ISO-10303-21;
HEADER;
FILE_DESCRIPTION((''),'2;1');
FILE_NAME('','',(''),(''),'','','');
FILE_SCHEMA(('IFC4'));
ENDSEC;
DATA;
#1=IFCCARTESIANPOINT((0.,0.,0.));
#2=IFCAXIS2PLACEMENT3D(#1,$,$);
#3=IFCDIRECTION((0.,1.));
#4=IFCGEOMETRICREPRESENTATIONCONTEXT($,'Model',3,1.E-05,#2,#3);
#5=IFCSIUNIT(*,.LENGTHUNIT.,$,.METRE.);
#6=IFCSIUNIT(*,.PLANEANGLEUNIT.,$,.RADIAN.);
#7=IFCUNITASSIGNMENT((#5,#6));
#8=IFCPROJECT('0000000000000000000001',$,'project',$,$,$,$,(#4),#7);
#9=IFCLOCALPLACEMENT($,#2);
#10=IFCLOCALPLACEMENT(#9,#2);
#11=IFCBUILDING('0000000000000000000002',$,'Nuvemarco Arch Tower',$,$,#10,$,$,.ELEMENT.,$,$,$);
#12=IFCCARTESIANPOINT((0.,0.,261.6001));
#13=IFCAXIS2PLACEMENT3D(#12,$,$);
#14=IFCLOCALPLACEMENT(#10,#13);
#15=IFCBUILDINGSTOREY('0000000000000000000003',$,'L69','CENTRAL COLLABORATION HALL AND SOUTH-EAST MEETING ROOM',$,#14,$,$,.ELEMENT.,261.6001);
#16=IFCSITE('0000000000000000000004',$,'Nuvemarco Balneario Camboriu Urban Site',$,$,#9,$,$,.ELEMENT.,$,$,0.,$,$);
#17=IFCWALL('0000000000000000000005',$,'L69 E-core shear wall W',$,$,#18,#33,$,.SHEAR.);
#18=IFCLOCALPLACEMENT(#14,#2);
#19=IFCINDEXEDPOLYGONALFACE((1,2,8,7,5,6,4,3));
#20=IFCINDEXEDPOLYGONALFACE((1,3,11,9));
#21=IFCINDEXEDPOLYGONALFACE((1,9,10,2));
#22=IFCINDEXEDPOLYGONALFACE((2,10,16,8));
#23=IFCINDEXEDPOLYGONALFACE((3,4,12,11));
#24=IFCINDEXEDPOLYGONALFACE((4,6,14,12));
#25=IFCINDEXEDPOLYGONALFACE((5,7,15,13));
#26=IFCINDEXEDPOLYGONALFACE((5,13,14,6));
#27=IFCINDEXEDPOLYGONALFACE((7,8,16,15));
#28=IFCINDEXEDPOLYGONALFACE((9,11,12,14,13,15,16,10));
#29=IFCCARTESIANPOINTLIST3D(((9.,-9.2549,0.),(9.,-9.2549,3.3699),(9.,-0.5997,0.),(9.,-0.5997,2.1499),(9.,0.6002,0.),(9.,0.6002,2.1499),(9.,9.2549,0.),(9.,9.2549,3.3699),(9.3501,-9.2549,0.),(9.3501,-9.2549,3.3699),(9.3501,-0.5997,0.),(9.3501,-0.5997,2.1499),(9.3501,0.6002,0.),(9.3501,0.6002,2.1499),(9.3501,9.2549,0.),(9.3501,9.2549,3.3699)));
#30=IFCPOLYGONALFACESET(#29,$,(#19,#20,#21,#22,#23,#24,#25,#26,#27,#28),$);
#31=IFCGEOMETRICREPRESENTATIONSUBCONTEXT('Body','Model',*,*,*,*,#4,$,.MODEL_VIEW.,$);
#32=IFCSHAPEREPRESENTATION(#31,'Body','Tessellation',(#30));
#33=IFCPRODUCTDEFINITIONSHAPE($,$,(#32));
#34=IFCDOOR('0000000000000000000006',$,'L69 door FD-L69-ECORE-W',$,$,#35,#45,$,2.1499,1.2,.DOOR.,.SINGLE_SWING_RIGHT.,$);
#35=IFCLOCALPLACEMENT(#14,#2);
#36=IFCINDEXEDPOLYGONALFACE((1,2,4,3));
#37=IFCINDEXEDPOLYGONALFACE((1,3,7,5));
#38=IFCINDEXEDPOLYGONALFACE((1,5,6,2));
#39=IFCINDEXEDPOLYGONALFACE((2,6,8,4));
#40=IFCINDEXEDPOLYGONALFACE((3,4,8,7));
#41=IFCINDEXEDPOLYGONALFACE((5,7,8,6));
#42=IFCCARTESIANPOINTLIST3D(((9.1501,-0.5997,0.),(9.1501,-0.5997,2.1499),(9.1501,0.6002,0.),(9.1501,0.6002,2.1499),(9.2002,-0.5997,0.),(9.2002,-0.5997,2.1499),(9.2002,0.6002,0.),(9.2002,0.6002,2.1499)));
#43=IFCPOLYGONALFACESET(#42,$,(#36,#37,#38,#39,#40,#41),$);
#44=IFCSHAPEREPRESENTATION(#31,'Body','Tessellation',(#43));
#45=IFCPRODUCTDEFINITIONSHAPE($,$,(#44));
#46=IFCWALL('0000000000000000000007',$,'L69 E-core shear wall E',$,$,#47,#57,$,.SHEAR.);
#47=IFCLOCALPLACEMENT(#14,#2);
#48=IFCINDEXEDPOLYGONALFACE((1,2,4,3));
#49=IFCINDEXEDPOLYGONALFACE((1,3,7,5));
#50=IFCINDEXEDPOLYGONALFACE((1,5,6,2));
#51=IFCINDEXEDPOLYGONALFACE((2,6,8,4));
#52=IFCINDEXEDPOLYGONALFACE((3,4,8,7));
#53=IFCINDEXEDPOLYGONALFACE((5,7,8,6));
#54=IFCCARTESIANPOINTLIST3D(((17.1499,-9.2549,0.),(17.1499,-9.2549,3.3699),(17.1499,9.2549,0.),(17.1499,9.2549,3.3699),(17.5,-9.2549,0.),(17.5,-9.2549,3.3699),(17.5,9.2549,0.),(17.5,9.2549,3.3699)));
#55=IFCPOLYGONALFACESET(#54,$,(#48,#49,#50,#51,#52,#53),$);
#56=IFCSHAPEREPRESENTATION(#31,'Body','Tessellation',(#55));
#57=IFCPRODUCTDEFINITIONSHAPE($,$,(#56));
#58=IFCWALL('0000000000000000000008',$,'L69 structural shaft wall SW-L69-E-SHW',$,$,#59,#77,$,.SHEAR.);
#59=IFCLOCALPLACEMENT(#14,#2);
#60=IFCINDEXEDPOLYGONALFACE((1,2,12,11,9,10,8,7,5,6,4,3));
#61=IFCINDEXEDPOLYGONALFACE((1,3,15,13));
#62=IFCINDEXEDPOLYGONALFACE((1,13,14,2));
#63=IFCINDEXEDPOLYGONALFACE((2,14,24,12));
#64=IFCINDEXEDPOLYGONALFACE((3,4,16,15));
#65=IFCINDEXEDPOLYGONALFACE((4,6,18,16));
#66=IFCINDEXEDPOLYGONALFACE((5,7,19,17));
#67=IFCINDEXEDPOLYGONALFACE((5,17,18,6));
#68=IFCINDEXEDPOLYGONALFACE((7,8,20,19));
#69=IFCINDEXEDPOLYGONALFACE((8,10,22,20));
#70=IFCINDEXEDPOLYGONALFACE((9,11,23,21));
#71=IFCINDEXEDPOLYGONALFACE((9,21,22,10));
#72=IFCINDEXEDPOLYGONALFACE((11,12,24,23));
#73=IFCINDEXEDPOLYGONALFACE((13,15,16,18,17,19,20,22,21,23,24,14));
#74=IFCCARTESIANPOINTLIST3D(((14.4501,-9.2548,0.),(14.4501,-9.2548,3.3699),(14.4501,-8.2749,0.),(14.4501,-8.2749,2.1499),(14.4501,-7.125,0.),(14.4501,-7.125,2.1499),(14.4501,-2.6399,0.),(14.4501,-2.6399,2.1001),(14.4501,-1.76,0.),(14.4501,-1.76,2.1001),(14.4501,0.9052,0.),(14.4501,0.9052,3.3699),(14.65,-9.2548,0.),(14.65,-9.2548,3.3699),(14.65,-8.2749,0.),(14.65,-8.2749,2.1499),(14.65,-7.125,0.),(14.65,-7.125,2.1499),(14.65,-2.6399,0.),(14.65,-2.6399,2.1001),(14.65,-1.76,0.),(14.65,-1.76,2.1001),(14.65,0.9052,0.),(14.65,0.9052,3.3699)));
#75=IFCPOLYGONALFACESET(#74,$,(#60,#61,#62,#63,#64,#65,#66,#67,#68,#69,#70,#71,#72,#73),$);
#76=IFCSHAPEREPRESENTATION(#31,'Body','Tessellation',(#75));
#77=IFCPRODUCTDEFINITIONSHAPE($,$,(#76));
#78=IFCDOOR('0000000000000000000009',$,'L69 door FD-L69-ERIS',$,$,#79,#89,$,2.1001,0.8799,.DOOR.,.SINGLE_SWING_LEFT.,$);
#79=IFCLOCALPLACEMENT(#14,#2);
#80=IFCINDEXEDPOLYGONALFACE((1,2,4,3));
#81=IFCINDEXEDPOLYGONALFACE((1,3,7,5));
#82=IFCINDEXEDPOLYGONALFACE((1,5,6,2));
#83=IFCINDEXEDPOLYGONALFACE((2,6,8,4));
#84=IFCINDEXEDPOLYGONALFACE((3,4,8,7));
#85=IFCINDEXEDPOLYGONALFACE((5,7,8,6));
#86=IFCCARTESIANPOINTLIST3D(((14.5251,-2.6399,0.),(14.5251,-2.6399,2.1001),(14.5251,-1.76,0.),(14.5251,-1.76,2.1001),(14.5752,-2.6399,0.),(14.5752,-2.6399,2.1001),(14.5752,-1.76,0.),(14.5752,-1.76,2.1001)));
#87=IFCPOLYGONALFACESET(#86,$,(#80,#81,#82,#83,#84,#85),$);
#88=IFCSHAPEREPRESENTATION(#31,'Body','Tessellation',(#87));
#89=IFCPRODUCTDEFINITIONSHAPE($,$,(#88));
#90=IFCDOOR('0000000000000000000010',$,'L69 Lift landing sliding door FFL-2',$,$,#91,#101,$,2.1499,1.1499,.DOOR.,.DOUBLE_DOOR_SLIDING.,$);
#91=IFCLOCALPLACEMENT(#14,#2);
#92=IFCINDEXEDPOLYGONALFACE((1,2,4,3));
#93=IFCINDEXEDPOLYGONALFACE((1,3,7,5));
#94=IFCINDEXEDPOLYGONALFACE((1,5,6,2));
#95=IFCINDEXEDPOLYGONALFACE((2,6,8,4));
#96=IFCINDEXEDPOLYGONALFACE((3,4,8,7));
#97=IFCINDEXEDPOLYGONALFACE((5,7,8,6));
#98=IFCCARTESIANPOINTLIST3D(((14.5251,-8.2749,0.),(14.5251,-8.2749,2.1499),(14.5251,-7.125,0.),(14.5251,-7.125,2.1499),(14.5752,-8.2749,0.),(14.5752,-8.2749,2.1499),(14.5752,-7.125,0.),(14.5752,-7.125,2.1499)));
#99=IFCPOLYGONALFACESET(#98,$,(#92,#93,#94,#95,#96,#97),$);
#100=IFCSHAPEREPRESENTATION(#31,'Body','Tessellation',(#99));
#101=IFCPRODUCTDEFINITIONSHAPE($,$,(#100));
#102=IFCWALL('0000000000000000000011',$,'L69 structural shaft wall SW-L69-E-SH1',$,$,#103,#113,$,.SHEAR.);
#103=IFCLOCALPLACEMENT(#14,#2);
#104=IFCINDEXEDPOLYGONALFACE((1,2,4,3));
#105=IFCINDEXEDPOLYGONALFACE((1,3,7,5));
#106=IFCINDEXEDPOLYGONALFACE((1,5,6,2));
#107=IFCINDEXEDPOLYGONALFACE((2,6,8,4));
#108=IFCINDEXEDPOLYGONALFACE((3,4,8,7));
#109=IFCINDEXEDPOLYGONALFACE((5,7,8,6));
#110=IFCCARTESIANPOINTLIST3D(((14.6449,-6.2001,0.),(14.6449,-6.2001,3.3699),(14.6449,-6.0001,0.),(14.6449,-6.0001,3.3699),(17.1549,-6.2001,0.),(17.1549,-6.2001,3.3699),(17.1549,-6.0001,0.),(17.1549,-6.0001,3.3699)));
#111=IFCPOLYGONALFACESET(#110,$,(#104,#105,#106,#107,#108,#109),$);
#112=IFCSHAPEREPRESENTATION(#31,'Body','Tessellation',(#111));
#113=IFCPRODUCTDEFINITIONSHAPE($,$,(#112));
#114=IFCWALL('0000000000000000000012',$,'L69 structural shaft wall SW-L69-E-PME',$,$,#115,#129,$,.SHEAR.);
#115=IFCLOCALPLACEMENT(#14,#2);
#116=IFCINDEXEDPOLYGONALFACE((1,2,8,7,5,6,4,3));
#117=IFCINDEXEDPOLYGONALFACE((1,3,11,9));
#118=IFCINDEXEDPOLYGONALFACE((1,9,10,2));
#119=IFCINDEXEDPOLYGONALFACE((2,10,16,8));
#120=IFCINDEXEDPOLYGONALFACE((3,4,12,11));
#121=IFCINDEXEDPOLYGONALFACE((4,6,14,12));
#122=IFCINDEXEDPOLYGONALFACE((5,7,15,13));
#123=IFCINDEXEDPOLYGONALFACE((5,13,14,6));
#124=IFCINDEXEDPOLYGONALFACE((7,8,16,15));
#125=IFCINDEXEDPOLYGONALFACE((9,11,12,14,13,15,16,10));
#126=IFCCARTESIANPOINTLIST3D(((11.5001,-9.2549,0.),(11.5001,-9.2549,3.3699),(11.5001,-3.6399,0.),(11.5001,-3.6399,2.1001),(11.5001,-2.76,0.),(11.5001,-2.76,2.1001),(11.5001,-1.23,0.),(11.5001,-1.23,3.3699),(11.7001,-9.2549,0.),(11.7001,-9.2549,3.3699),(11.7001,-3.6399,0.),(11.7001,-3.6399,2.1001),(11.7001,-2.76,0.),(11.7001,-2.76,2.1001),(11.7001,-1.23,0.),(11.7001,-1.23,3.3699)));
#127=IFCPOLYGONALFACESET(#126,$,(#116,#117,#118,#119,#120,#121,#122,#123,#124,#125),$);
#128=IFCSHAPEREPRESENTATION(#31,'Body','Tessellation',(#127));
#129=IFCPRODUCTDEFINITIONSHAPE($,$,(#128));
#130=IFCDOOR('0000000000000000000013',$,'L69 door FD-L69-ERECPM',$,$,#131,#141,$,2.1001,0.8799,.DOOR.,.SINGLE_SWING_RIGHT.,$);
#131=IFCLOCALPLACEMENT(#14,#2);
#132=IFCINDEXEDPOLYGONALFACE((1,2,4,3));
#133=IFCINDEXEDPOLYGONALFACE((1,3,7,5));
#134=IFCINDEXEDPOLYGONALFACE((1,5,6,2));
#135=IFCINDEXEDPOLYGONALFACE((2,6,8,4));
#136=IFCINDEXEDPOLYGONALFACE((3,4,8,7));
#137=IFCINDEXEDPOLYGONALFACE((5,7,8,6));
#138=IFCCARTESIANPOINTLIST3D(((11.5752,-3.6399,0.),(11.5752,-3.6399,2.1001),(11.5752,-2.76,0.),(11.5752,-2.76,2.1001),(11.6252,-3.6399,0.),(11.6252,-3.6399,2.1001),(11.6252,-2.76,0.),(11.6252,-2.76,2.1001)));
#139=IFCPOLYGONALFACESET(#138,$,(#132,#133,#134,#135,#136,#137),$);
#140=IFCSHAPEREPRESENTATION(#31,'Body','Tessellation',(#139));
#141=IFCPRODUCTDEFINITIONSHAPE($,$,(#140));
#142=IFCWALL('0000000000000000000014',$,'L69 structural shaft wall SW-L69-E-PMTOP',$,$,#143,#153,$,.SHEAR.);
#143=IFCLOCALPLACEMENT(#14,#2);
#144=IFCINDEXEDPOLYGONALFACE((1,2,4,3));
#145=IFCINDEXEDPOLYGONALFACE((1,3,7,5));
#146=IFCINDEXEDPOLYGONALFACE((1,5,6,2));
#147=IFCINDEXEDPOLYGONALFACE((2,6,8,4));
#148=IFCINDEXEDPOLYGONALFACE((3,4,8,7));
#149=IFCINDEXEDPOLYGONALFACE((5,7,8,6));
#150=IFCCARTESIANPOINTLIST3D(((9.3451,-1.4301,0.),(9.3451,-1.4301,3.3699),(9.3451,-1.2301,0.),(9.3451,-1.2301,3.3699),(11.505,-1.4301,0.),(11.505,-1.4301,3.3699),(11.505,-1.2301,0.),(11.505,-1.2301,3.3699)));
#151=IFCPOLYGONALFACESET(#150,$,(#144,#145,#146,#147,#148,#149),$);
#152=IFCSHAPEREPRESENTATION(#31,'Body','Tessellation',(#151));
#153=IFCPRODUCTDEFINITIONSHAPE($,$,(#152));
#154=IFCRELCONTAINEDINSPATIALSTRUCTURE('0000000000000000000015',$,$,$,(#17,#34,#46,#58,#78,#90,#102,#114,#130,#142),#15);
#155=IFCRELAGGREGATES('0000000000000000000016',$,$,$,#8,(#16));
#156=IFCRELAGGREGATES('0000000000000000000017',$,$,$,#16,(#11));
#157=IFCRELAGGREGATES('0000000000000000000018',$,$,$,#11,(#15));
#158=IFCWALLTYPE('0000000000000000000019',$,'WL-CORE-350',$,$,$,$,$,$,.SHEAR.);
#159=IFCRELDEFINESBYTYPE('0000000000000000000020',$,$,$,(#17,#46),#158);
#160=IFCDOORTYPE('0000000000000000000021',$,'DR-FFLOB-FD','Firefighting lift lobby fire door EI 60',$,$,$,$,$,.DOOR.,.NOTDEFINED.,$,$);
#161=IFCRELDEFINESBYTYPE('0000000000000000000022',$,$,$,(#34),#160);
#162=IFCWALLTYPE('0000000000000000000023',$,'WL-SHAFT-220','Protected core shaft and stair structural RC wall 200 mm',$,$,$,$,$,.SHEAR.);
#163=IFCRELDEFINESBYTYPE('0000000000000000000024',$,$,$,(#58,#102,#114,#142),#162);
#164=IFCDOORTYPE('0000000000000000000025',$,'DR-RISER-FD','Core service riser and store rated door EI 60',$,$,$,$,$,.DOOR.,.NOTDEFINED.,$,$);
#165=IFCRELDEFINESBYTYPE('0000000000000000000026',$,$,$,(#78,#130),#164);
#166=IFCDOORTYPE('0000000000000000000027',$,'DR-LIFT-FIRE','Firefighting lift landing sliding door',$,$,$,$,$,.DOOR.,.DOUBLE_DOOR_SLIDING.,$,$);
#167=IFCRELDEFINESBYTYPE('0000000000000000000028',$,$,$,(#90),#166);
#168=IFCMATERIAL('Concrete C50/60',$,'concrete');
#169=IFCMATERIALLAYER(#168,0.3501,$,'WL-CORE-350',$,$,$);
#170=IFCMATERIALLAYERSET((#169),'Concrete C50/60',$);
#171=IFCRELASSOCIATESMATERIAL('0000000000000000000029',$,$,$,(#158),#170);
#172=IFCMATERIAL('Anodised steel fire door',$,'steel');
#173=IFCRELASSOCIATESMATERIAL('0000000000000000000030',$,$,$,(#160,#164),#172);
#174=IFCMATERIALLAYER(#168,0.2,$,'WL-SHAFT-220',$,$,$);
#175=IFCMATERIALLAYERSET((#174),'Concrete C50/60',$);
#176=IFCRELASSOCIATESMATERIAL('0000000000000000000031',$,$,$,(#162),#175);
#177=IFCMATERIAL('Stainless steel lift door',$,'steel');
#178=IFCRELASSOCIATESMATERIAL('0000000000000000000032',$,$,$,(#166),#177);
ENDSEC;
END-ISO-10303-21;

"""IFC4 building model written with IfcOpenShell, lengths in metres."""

from ifc_helpers import new_model, si_unit, direction, frame, frame_2d, origin, place, context, subcontext, project, spatial, rectangle, extrude, source, transform, mapped, material, layer, layer_set, type_object, type_shapes, element, fill, save


model = new_model("IFC4")

# Units and contexts
model_context = context("Model", 3, precision=1e-05, world=origin(), true_north=direction((0.0, 1.0)))
body_context = subcontext(model_context, "Body", "Model", "MODEL_VIEW")
ifc_project = project(units=[si_unit("LENGTHUNIT", "METRE"), si_unit("PLANEANGLEUNIT", "RADIAN")], contexts=[model_context])

# Site, building, storey
site_placement = place(None, origin())
site = spatial("IfcSite", under=ifc_project, at=site_placement, Name="Nuvemarco Balneario Camboriu Urban Site", CompositionType="ELEMENT", RefElevation=0.0)
building_placement = place(site_placement, origin())
building = spatial("IfcBuilding", under=site, at=building_placement, Name="Nuvemarco Arch Tower", CompositionType="ELEMENT")
storey_placement = place(building_placement, frame((0.0, 0.0, 261.6001)))
storey = spatial("IfcBuildingStorey", under=building, at=storey_placement, Name="L69", Description="CENTRAL COLLABORATION HALL AND SOUTH-EAST MEETING ROOM", CompositionType="ELEMENT", Elevation=261.6001)

# Shared definitions
ifc_material_1 = material(Name="Concrete C50/60", Category="concrete")

# Shared definitions
ifc_layer_1 = layer(ifc_material_1, 0.3501, Name="WL-CORE-350")
ifc_layer_set_1 = layer_set([ifc_layer_1], Name="Concrete C50/60")
wall_type_1 = type_object("IfcWallType", Name="WL-CORE-350", PredefinedType="SHEAR", material=ifc_layer_set_1)

# Wall, opening, door
wall_1_placement = place(storey_placement, frame((9.175, -9.2549, 0.0), z_axis=(0.0, 0.0, 1.0), x_axis=(0.0, 1.0, 0.0)))
wall_1 = element("IfcWall", 1, at=wall_1_placement, inside=storey, type_object=wall_type_1, Name="L69 E-core shear wall W", PredefinedType="SHEAR", context=body_context, shape_type="SweptSolid", body=[
    extrude(rectangle(XDim=18.5098, YDim=0.3501, at=frame_2d((9.2549, 0.0))), origin(), (0.0, 0.0, 1.0), 3.3699),
])
opening_1_placement = place(wall_1_placement, frame((8.655, 0.0, 0.0)))
opening_1 = element("IfcOpeningElement", 2, at=opening_1_placement, cuts=wall_1, PredefinedType="OPENING", context=body_context, shape_type="SweptSolid", body=[
    extrude(rectangle(XDim=1.2, YDim=2.1499, at=frame_2d((0.6001, 1.075))), frame((0.0, 0.1851, 0.0), z_axis=(0.0, -1.0, 0.0), x_axis=(1.0, 0.0, 0.0)), (0.0, 0.0, 1.0), 0.3701),
])
ifc_material_2 = material(Name="Anodised steel fire door", Category="steel")
door_type_1 = type_object("IfcDoorType", Name="DR-FFLOB-FD", Description="Firefighting lift lobby fire door EI 60", OperationType="NOTDEFINED", PredefinedType="DOOR", material=ifc_material_2)
shared_shape_1 = source(origin(), body_context, "Body", "SweptSolid", [
    extrude(rectangle(XDim=1.2, YDim=2.1499, at=frame_2d((0.6001, 1.075))), frame((0.0, 0.0249, 0.0), z_axis=(0.0, -1.0, 0.0), x_axis=(1.0, 0.0, 0.0)), (0.0, 0.0, 1.0), 0.05),
])
type_shapes(door_type_1, [shared_shape_1])
door_1_placement = place(opening_1_placement, origin())
door_1 = element("IfcDoor", 3, at=door_1_placement, inside=storey, type_object=door_type_1, Name="L69 door FD-L69-ECORE-W", OperationType="SINGLE_SWING_RIGHT", OverallHeight=2.1499, OverallWidth=1.2, PredefinedType="DOOR", context=body_context, shape_type="MappedRepresentation", body=[
    mapped(shared_shape_1, transform((0.0, 0.0, 0.0), scale=1.0)),
])
fill(opening_1, door_1)

# Wall
wall_2_placement = place(storey_placement, frame((17.325, -9.2549, 0.0), z_axis=(0.0, 0.0, 1.0), x_axis=(0.0, 1.0, 0.0)))
element("IfcWall", 4, at=wall_2_placement, inside=storey, type_object=wall_type_1, Name="L69 E-core shear wall E", PredefinedType="SHEAR", context=body_context, shape_type="SweptSolid", body=[
    extrude(rectangle(XDim=18.5098, YDim=0.3501, at=frame_2d((9.2549, 0.0))), origin(), (0.0, 0.0, 1.0), 3.3699),
])

# Wall, openings, doors
ifc_layer_2 = layer(ifc_material_1, 0.2, Name="WL-SHAFT-220")
ifc_layer_set_2 = layer_set([ifc_layer_2], Name="Concrete C50/60")
wall_type_2 = type_object("IfcWallType", Name="WL-SHAFT-220", Description="Protected core shaft and stair structural RC wall 200 mm", PredefinedType="SHEAR", material=ifc_layer_set_2)
wall_3_placement = place(storey_placement, frame((14.55, -9.2549, 0.0), z_axis=(0.0, 0.0, 1.0), x_axis=(0.0, 1.0, 0.0)))
wall_3 = element("IfcWall", 5, at=wall_3_placement, inside=storey, type_object=wall_type_2, Name="L69 structural shaft wall SW-L69-E-SHW", PredefinedType="SHEAR", context=body_context, shape_type="SweptSolid", body=[
    extrude(rectangle(XDim=10.1599, YDim=0.2, at=frame_2d((5.0801, 0.0))), origin(), (0.0, 0.0, 1.0), 3.3699),
])
opening_2_placement = place(wall_3_placement, frame((6.615, 0.0, 0.0)))
opening_2 = element("IfcOpeningElement", 6, at=opening_2_placement, cuts=wall_3, PredefinedType="OPENING", context=body_context, shape_type="SweptSolid", body=[
    extrude(rectangle(XDim=0.8799, YDim=2.1001, at=frame_2d((0.4399, 1.05))), frame((0.0, 0.1099, 0.0), z_axis=(0.0, -1.0, 0.0), x_axis=(1.0, 0.0, 0.0)), (0.0, 0.0, 1.0), 0.22),
])
opening_3_placement = place(wall_3_placement, frame((0.98, 0.0, 0.0)))
opening_3 = element("IfcOpeningElement", 7, at=opening_3_placement, cuts=wall_3, PredefinedType="OPENING", context=body_context, shape_type="SweptSolid", body=[
    extrude(rectangle(XDim=1.1499, YDim=2.1499, at=frame_2d((0.575, 1.075))), frame((0.0, 0.1099, 0.0), z_axis=(0.0, -1.0, 0.0), x_axis=(1.0, 0.0, 0.0)), (0.0, 0.0, 1.0), 0.22),
])
door_type_2 = type_object("IfcDoorType", Name="DR-RISER-FD", Description="Core service riser and store rated door EI 60", OperationType="NOTDEFINED", PredefinedType="DOOR", material=ifc_material_2)
shared_shape_2 = source(origin(), body_context, "Body", "SweptSolid", [
    extrude(rectangle(XDim=0.8799, YDim=2.1001, at=frame_2d((0.4399, 1.05))), frame((0.0, 0.0249, 0.0), z_axis=(0.0, -1.0, 0.0), x_axis=(1.0, 0.0, 0.0)), (0.0, 0.0, 1.0), 0.05),
])
type_shapes(door_type_2, [shared_shape_2])
door_2_placement = place(opening_2_placement, origin())
door_2 = element("IfcDoor", 8, at=door_2_placement, inside=storey, type_object=door_type_2, Name="L69 door FD-L69-ERIS", OperationType="SINGLE_SWING_LEFT", OverallHeight=2.1001, OverallWidth=0.8799, PredefinedType="DOOR", context=body_context, shape_type="MappedRepresentation", body=[
    mapped(shared_shape_2, transform((0.0, 0.0, 0.0), scale=1.0)),
])
fill(opening_2, door_2)
ifc_material_3 = material(Name="Stainless steel lift door", Category="steel")
door_type_3 = type_object("IfcDoorType", Name="DR-LIFT-FIRE", Description="Firefighting lift landing sliding door", OperationType="DOUBLE_DOOR_SLIDING", PredefinedType="DOOR", material=ifc_material_3)
shared_shape_3 = source(origin(), body_context, "Body", "SweptSolid", [
    extrude(rectangle(XDim=1.1499, YDim=2.1499, at=frame_2d((0.575, 1.075))), frame((0.0, 0.0249, 0.0), z_axis=(0.0, -1.0, 0.0), x_axis=(1.0, 0.0, 0.0)), (0.0, 0.0, 1.0), 0.05),
])
type_shapes(door_type_3, [shared_shape_3])
door_3_placement = place(opening_3_placement, origin())
door_3 = element("IfcDoor", 9, at=door_3_placement, inside=storey, type_object=door_type_3, Name="L69 Lift landing sliding door FFL-2", OperationType="DOUBLE_DOOR_SLIDING", OverallHeight=2.1499, OverallWidth=1.1499, PredefinedType="DOOR", context=body_context, shape_type="MappedRepresentation", body=[
    mapped(shared_shape_3, transform((0.0, 0.0, 0.0), scale=1.0)),
])
fill(opening_3, door_3)

# Wall
wall_4_placement = place(storey_placement, frame((14.645, -6.1001, 0.0), z_axis=(0.0, 0.0, 1.0), x_axis=(1.0, 0.0, 0.0)))
element("IfcWall", 10, at=wall_4_placement, inside=storey, type_object=wall_type_2, Name="L69 structural shaft wall SW-L69-E-SH1", PredefinedType="SHEAR", context=body_context, shape_type="SweptSolid", body=[
    extrude(rectangle(XDim=2.51, YDim=0.2, at=frame_2d((1.2549, 0.0))), origin(), (0.0, 0.0, 1.0), 3.3699),
])

# Wall, opening, door
wall_5_placement = place(storey_placement, frame((11.6001, -9.2549, 0.0), z_axis=(0.0, 0.0, 1.0), x_axis=(0.0, 1.0, 0.0)))
wall_5 = element("IfcWall", 11, at=wall_5_placement, inside=storey, type_object=wall_type_2, Name="L69 structural shaft wall SW-L69-E-PME", PredefinedType="SHEAR", context=body_context, shape_type="SweptSolid", body=[
    extrude(rectangle(XDim=8.0249, YDim=0.2, at=frame_2d((4.0125, 0.0))), origin(), (0.0, 0.0, 1.0), 3.3699),
])
opening_4_placement = place(wall_5_placement, frame((5.615, 0.0, 0.0)))
opening_4 = element("IfcOpeningElement", 12, at=opening_4_placement, cuts=wall_5, PredefinedType="OPENING", context=body_context, shape_type="SweptSolid", body=[
    extrude(rectangle(XDim=0.8799, YDim=2.1001, at=frame_2d((0.4399, 1.05))), frame((0.0, 0.1099, 0.0), z_axis=(0.0, -1.0, 0.0), x_axis=(1.0, 0.0, 0.0)), (0.0, 0.0, 1.0), 0.22),
])
door_4_placement = place(opening_4_placement, origin())
door_4 = element("IfcDoor", 13, at=door_4_placement, inside=storey, type_object=door_type_2, Name="L69 door FD-L69-ERECPM", OperationType="SINGLE_SWING_RIGHT", OverallHeight=2.1001, OverallWidth=0.8799, PredefinedType="DOOR", context=body_context, shape_type="MappedRepresentation", body=[
    mapped(shared_shape_2, transform((0.0, 0.0, 0.0), scale=1.0)),
])
fill(opening_4, door_4)

# Wall
wall_6_placement = place(storey_placement, frame((9.345, -1.3301, 0.0), z_axis=(0.0, 0.0, 1.0), x_axis=(1.0, 0.0, 0.0)))
element("IfcWall", 14, at=wall_6_placement, inside=storey, type_object=wall_type_2, Name="L69 structural shaft wall SW-L69-E-PMTOP", PredefinedType="SHEAR", context=body_context, shape_type="SweptSolid", body=[
    extrude(rectangle(XDim=2.1599, YDim=0.2, at=frame_2d((1.0801, 0.0))), origin(), (0.0, 0.0, 1.0), 3.3699),
])

save(model, "model.ifc")
